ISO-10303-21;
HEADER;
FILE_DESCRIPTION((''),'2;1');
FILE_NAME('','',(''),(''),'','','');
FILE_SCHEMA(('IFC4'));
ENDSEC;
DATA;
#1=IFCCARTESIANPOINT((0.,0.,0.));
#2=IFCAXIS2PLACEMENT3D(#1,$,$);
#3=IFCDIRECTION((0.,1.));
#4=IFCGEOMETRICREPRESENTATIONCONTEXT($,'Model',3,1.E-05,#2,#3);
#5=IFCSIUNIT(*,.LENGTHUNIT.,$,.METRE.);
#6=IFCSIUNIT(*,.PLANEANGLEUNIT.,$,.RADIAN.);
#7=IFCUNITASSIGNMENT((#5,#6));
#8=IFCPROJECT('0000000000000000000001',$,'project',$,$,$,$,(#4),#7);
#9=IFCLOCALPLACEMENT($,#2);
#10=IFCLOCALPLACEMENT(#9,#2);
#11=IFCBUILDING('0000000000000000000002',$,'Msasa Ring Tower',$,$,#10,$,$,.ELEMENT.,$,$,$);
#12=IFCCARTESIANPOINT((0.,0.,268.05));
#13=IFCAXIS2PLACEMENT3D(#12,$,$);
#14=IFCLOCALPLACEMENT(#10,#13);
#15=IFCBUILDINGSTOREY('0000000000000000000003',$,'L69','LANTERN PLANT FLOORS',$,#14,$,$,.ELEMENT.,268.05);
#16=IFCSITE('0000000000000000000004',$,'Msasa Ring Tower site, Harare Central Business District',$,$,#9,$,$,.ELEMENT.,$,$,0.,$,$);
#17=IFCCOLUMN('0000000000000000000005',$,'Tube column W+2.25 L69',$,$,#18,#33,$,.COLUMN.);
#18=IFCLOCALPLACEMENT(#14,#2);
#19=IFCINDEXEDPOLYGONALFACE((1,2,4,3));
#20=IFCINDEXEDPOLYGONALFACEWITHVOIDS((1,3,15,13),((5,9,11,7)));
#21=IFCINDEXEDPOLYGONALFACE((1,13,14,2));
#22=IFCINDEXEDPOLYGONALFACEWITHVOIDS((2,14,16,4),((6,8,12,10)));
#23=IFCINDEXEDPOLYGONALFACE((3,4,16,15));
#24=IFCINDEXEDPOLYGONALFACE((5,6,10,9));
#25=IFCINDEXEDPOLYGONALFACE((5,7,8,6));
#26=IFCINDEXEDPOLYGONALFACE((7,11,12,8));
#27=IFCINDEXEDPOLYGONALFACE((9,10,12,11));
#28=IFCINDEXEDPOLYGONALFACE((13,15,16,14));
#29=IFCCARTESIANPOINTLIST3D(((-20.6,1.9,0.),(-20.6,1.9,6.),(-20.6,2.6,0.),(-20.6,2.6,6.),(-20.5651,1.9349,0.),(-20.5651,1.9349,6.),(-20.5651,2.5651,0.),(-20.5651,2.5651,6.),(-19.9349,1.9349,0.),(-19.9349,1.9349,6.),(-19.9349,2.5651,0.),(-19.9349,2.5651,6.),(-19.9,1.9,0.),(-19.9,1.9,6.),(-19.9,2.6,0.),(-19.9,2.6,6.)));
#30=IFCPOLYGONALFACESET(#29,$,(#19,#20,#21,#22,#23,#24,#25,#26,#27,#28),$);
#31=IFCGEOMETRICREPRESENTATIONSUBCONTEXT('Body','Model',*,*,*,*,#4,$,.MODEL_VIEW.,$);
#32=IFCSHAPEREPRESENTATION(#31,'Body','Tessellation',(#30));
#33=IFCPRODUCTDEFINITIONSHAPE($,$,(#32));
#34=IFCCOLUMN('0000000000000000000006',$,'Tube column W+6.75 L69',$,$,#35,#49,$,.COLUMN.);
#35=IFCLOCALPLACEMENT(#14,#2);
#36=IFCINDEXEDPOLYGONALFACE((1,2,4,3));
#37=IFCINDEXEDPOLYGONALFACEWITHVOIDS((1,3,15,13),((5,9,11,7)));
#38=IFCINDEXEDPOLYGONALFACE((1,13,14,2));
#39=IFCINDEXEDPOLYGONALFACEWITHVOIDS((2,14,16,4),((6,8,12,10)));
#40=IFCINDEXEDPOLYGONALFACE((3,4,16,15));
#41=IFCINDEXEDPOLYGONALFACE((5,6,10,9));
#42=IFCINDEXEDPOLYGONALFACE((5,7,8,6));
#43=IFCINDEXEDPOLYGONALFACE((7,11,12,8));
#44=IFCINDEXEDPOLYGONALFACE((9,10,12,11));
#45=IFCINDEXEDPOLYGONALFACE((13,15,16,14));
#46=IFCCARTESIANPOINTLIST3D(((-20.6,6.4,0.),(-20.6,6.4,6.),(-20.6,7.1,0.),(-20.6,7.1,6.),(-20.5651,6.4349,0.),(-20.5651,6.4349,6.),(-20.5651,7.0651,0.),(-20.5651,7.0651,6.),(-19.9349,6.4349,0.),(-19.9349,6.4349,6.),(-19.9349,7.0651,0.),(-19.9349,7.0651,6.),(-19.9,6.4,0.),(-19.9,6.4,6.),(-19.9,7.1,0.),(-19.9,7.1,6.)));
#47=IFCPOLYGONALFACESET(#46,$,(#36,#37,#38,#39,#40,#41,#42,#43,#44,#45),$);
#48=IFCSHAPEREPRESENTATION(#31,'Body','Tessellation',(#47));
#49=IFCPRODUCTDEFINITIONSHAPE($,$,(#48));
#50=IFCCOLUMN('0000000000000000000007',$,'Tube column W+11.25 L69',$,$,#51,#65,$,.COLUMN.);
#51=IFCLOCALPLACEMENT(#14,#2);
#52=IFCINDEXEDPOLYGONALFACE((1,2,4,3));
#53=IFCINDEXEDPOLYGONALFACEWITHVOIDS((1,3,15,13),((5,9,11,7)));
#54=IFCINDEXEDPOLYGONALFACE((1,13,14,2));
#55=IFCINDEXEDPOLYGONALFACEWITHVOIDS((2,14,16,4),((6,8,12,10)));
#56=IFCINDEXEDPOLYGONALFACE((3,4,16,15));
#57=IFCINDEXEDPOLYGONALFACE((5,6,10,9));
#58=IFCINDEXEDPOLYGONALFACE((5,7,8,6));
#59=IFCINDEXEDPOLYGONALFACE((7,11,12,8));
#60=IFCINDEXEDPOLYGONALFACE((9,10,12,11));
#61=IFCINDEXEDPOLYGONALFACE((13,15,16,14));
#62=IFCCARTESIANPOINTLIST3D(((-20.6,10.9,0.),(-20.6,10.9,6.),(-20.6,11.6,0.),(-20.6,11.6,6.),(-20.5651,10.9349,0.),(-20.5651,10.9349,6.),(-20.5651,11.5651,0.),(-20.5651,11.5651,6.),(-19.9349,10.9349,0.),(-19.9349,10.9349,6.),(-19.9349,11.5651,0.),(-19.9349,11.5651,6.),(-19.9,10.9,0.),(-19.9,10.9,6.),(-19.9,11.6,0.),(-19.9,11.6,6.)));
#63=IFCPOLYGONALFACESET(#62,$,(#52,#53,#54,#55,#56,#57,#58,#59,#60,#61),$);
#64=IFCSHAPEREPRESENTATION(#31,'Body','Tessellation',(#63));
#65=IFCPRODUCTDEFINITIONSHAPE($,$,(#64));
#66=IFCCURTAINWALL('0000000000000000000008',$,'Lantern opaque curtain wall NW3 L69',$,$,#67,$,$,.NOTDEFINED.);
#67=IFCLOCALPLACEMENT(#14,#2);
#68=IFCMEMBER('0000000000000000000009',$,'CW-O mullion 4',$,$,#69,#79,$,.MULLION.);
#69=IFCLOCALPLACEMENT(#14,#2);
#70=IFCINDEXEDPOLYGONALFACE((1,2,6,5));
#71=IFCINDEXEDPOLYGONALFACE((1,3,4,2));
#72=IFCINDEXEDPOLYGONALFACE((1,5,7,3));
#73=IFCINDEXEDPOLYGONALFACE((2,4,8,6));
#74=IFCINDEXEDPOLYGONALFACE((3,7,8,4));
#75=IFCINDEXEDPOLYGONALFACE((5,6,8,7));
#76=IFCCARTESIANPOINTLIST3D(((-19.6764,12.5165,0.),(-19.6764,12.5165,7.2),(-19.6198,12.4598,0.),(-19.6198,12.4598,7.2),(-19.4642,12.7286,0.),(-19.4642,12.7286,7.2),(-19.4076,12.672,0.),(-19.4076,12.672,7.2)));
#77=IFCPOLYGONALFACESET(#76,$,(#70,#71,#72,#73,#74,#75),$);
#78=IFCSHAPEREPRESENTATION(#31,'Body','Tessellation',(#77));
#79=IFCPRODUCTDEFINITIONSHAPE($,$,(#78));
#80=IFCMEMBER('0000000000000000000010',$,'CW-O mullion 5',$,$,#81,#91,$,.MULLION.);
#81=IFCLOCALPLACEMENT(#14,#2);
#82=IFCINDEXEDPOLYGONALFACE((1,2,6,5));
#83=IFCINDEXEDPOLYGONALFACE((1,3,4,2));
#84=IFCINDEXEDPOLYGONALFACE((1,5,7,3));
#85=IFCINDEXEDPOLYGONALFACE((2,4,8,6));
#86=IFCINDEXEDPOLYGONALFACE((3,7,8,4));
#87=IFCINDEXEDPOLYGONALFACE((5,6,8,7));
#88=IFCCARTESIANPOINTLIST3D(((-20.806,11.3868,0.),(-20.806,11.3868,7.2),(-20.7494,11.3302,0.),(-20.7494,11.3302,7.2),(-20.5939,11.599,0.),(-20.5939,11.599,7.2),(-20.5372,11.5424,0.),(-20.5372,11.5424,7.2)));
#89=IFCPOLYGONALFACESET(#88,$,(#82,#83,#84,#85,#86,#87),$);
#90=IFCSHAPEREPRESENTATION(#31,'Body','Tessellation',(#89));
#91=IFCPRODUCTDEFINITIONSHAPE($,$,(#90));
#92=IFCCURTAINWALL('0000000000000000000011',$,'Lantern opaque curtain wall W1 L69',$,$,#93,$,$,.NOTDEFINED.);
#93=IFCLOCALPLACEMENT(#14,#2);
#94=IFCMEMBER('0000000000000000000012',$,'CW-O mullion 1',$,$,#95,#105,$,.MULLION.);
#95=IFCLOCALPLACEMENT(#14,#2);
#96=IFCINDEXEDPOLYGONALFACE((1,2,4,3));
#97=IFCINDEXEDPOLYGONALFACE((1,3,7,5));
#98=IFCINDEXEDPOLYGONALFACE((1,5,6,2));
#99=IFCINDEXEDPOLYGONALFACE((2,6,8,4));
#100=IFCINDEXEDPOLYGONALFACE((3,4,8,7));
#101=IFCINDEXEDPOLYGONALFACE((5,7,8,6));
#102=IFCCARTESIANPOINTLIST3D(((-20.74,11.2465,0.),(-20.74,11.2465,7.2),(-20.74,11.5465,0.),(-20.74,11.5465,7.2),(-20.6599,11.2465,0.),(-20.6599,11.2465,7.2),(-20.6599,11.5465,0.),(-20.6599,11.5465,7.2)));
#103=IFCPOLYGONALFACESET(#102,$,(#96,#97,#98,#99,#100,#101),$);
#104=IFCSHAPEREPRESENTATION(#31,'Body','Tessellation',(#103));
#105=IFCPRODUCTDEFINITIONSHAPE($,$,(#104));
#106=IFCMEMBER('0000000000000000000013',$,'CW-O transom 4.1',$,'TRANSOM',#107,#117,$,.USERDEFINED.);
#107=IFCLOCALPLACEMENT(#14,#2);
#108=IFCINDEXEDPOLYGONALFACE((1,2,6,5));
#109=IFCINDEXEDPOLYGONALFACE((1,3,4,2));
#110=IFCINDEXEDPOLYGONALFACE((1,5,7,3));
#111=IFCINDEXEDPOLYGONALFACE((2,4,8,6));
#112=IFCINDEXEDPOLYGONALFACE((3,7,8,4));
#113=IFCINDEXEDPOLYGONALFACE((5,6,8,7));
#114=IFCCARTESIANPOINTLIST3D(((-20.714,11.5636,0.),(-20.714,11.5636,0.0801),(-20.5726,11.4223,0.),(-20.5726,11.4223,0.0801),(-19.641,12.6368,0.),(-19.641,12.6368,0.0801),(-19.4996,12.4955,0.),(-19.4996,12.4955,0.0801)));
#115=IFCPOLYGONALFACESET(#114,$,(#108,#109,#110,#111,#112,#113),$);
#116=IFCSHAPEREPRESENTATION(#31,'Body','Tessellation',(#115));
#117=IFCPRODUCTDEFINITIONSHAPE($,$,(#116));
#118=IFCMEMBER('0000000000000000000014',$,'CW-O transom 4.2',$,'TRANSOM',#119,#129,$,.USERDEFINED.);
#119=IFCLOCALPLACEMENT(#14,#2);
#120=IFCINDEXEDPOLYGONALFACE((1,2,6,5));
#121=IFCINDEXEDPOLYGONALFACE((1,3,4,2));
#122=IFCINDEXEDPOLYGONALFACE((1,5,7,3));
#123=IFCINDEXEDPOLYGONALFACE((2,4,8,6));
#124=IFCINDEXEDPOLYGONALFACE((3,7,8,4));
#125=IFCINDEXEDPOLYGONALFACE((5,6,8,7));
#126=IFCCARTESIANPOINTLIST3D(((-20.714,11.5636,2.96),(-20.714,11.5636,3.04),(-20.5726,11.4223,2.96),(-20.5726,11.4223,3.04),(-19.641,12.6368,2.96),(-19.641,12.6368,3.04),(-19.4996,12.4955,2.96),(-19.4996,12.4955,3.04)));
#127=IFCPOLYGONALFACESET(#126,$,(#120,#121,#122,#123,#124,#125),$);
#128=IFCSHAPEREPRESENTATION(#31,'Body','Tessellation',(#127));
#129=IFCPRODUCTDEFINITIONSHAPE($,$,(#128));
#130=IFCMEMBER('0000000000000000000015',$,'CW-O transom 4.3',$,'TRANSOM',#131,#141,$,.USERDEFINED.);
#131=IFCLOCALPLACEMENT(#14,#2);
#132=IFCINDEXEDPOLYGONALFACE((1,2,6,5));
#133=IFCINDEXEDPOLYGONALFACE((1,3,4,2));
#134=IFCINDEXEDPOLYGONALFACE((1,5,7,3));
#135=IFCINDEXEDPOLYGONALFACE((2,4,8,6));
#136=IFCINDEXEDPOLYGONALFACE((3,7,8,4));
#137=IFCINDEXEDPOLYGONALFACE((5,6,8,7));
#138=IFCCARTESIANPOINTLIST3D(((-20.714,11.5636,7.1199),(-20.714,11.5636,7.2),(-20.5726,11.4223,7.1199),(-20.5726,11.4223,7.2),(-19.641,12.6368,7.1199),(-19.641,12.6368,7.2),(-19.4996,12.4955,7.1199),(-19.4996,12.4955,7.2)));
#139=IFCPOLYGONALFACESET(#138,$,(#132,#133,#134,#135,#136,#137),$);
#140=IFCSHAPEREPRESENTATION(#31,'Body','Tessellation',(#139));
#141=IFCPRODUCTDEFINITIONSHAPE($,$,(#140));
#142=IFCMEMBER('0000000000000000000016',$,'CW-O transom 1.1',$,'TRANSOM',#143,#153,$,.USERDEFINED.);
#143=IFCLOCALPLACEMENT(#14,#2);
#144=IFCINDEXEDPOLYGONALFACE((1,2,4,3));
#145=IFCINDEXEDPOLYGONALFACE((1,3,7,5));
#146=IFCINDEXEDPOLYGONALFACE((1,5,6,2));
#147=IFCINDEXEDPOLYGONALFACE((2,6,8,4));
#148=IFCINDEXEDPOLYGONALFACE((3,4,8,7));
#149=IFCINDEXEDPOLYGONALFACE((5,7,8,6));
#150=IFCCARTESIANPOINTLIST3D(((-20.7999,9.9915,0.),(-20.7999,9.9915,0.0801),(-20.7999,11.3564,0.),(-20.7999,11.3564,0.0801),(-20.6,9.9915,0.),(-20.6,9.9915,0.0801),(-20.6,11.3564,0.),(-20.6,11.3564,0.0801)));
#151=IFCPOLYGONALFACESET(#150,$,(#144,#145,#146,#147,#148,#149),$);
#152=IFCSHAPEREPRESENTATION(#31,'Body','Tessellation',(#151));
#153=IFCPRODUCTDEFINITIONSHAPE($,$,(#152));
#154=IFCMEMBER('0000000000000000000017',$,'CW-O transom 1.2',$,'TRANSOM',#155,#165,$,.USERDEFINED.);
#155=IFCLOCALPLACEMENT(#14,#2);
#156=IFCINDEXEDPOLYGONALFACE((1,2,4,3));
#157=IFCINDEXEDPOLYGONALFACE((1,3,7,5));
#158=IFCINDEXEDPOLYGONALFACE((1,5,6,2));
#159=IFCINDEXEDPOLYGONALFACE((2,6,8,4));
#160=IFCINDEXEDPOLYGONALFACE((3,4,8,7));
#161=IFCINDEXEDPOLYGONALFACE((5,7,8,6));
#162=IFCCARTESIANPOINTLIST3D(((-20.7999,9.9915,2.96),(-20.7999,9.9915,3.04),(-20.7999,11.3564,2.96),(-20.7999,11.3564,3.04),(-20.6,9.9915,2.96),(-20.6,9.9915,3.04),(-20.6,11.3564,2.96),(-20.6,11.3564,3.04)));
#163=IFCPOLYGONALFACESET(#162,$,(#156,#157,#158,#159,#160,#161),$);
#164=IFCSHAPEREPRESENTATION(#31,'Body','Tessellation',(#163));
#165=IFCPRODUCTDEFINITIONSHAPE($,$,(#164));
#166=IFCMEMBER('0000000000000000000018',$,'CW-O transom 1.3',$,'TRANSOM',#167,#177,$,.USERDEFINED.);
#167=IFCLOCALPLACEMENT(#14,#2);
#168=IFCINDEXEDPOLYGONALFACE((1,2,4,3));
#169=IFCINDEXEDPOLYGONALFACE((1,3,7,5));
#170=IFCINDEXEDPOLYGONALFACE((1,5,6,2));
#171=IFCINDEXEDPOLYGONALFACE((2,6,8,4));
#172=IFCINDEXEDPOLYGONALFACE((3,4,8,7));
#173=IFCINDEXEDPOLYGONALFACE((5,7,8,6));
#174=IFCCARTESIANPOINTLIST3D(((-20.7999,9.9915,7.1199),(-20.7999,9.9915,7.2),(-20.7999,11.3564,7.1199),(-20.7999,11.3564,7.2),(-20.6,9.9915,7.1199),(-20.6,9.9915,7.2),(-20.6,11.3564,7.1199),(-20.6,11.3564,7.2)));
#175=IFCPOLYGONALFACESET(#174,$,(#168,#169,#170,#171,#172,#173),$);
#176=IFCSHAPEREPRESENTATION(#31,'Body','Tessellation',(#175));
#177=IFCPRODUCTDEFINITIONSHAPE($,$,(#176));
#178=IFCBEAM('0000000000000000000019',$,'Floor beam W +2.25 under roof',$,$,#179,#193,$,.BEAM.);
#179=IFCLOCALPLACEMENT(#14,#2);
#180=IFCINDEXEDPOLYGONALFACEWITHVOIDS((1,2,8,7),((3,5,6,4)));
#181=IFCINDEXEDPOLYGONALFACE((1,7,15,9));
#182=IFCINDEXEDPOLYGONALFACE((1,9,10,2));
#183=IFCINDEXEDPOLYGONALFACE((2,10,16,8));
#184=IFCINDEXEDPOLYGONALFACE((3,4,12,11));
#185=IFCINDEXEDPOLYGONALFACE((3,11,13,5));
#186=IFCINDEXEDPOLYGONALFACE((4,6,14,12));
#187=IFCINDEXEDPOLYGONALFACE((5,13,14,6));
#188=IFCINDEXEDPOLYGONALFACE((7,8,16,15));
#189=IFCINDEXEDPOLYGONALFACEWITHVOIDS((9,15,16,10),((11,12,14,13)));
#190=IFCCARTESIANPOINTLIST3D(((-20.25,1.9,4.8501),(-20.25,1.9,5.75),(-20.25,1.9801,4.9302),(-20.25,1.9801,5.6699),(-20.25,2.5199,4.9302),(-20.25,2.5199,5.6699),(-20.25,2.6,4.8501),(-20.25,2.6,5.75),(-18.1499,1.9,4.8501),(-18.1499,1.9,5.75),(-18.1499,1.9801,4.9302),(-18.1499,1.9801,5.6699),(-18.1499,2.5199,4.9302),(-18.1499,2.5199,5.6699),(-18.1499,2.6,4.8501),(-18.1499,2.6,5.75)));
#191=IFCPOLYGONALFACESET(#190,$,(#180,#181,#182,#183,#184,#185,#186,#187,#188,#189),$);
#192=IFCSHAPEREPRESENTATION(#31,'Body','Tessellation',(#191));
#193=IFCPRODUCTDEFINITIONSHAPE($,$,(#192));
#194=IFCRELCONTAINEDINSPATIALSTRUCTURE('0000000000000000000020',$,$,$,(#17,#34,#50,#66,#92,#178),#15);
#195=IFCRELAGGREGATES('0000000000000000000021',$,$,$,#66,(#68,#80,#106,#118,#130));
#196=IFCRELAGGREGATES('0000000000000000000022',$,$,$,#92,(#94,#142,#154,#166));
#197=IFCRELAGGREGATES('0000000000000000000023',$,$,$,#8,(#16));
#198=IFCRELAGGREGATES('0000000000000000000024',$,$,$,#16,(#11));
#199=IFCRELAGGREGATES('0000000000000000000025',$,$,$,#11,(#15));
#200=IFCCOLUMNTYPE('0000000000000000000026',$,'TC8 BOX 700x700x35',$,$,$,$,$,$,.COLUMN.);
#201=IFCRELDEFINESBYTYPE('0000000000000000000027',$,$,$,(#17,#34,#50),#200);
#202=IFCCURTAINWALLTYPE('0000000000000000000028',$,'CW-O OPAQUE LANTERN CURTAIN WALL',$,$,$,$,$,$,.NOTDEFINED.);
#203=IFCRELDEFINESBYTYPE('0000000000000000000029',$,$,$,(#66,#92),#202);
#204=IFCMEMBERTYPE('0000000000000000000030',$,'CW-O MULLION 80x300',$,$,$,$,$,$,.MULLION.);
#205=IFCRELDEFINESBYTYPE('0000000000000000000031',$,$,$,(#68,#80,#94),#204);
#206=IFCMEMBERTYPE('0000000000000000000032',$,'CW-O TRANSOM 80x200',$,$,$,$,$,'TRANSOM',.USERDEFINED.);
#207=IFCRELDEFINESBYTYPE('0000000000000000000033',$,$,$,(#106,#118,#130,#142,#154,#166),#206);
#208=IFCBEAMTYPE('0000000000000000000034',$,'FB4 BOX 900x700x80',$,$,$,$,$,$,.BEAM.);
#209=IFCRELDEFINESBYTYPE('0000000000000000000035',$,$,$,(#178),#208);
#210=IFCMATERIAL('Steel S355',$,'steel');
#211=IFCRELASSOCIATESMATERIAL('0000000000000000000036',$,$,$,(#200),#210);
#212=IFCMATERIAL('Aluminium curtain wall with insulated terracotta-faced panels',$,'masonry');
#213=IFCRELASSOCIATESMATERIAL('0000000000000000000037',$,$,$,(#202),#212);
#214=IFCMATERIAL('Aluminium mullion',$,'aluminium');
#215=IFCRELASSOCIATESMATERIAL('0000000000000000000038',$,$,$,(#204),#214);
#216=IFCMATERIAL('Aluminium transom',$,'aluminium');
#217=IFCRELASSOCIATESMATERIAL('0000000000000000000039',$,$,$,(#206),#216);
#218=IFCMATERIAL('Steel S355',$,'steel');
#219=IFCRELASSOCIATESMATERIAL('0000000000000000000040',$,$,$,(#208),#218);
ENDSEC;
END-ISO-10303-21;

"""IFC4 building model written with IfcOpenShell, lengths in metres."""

from ifc_helpers import new_model, si_unit, direction, frame, origin, origin_2d, place, context, subcontext, project, spatial, rectangle, hollow_rectangle, extrude, material, material_profile, profile_set, type_object, element, aggregate, save


model = new_model("IFC4")

# Units and contexts
model_context = context("Model", 3, precision=1e-05, world=origin(), true_north=direction((0.0, 1.0)))
body_context = subcontext(model_context, "Body", "Model", "MODEL_VIEW")
ifc_project = project(units=[si_unit("LENGTHUNIT", "METRE"), si_unit("PLANEANGLEUNIT", "RADIAN")], contexts=[model_context])

# Site, building, storey
site_placement = place(None, origin())
site = spatial("IfcSite", under=ifc_project, at=site_placement, Name="Msasa Ring Tower site, Harare Central Business District", CompositionType="ELEMENT", RefElevation=0.0)
building_placement = place(site_placement, origin())
building = spatial("IfcBuilding", under=site, at=building_placement, Name="Msasa Ring Tower", CompositionType="ELEMENT")
storey_placement = place(building_placement, frame((0.0, 0.0, 268.05)))
storey = spatial("IfcBuildingStorey", under=building, at=storey_placement, Name="L69", Description="LANTERN PLANT FLOORS", CompositionType="ELEMENT", Elevation=268.05)

# Columns
ifc_material_1 = material(Name="Steel S355", Category="steel")
ifc_material_profile_1 = material_profile(ifc_material_1, hollow_rectangle(XDim=0.7, YDim=0.7, WallThickness=0.0349, at=origin_2d()), Name="BOX 700x700x35")
ifc_profile_set_1 = profile_set([ifc_material_profile_1], Name="Steel S355")
column_type = type_object("IfcColumnType", Name="TC8 BOX 700x700x35", PredefinedType="COLUMN", material=ifc_profile_set_1)
for number, where, z_axis, x_axis, name in (
    (1, (-20.25, 2.25, 0.0), (0.0, 0.0, 1.0), (1.0, 0.0, 0.0), "Tube column W+2.25 L69"),
    (2, (-20.25, 6.75, 0.0), (0.0, 0.0, 1.0), (1.0, 0.0, 0.0), "Tube column W+6.75 L69"),
    (3, (-20.25, 11.25, 0.0), (0.0, 0.0, 1.0), (1.0, 0.0, 0.0), "Tube column W+11.25 L69"),
):
    element("IfcColumn", number, at=place(storey_placement, frame(where, z_axis=z_axis, x_axis=x_axis)), inside=storey, type_object=column_type, Name=name, PredefinedType="COLUMN", context=body_context, shape_type="SweptSolid", body=[
        extrude(hollow_rectangle(XDim=0.7, YDim=0.7, WallThickness=0.0349, at=origin_2d()), origin(), (0.0, 0.0, 1.0), 6.0),
    ])

# Curtain wall, members
ifc_material_2 = material(Name="Aluminium curtain wall with insulated terracotta-faced panels", Category="masonry")
curtain_wall_type = type_object("IfcCurtainWallType", Name="CW-O OPAQUE LANTERN CURTAIN WALL", PredefinedType="NOTDEFINED", material=ifc_material_2)
curtain_wall_1_placement = place(storey_placement, origin())
curtain_wall_1 = element("IfcCurtainWall", 4, at=curtain_wall_1_placement, inside=storey, type_object=curtain_wall_type, Name="Lantern opaque curtain wall NW3 L69", PredefinedType="NOTDEFINED")
ifc_material_3 = material(Name="Aluminium mullion", Category="aluminium")
ifc_material_profile_2 = material_profile(ifc_material_3, rectangle(XDim=0.0801, YDim=0.3, at=origin_2d()), Name="AL 80x300")
ifc_profile_set_2 = profile_set([ifc_material_profile_2], Name="Aluminium mullion")
member_type_1 = type_object("IfcMemberType", Name="CW-O MULLION 80x300", PredefinedType="MULLION", material=ifc_profile_set_2)
member_1_placement = place(storey_placement, frame((-19.542, 12.5942, 0.0), z_axis=(0.0, 0.0, 1.0), x_axis=(0.707107, -0.707107, 0.0)))
member_1 = element("IfcMember", 5, at=member_1_placement, type_object=member_type_1, Name="CW-O mullion 4", PredefinedType="MULLION", context=body_context, shape_type="SweptSolid", body=[
    extrude(rectangle(XDim=0.0801, YDim=0.3, at=origin_2d()), origin(), (0.0, 0.0, 1.0), 7.2),
])
member_2_placement = place(storey_placement, frame((-20.6716, 11.4646, 0.0), z_axis=(0.0, 0.0, 1.0), x_axis=(0.707107, -0.707107, 0.0)))
member_2 = element("IfcMember", 6, at=member_2_placement, type_object=member_type_1, Name="CW-O mullion 5", PredefinedType="MULLION", context=body_context, shape_type="SweptSolid", body=[
    extrude(rectangle(XDim=0.0801, YDim=0.3, at=origin_2d()), origin(), (0.0, 0.0, 1.0), 7.2),
])

# Curtain wall, member
curtain_wall_2_placement = place(storey_placement, origin())
curtain_wall_2 = element("IfcCurtainWall", 7, at=curtain_wall_2_placement, inside=storey, type_object=curtain_wall_type, Name="Lantern opaque curtain wall W1 L69", PredefinedType="NOTDEFINED")
member_3_placement = place(storey_placement, frame((-20.7, 11.3965, 0.0), z_axis=(0.0, 0.0, 1.0), x_axis=(1.0, 0.0, 0.0)))
member_3 = element("IfcMember", 8, at=member_3_placement, type_object=member_type_1, Name="CW-O mullion 1", PredefinedType="MULLION", context=body_context, shape_type="SweptSolid", body=[
    extrude(rectangle(XDim=0.0801, YDim=0.3, at=origin_2d()), origin(), (0.0, 0.0, 1.0), 7.2),
])

# Members
ifc_material_4 = material(Name="Aluminium transom", Category="aluminium")
ifc_material_profile_3 = material_profile(ifc_material_4, rectangle(XDim=0.2, YDim=0.0801, at=origin_2d()), Name="AL 80x200")
ifc_profile_set_3 = profile_set([ifc_material_profile_3], Name="Aluminium transom")
member_type_2 = type_object("IfcMemberType", Name="CW-O TRANSOM 80x200", ElementType="TRANSOM", PredefinedType="USERDEFINED", material=ifc_profile_set_3)
member_4_placement = place(storey_placement, frame((-19.5703, 12.5662, 0.04), z_axis=(-0.707026, -0.707187, 0.0), x_axis=(0.707187, -0.707026, 0.0)))
member_4 = element("IfcMember", 9, at=member_4_placement, type_object=member_type_2, Name="CW-O transom 4.1", ObjectType="TRANSOM", PredefinedType="USERDEFINED", context=body_context, shape_type="SweptSolid", body=[
    extrude(rectangle(XDim=0.2, YDim=0.0801, at=origin_2d()), origin(), (0.0, 0.0, 1.0), 1.5176),
])
member_5_placement = place(storey_placement, frame((-19.5703, 12.5662, 3.0), z_axis=(-0.707026, -0.707187, 0.0), x_axis=(0.707187, -0.707026, 0.0)))
member_5 = element("IfcMember", 10, at=member_5_placement, type_object=member_type_2, Name="CW-O transom 4.2", ObjectType="TRANSOM", PredefinedType="USERDEFINED", context=body_context, shape_type="SweptSolid", body=[
    extrude(rectangle(XDim=0.2, YDim=0.0801, at=origin_2d()), origin(), (0.0, 0.0, 1.0), 1.5176),
])
member_6_placement = place(storey_placement, frame((-19.5703, 12.5662, 7.1599), z_axis=(-0.707026, -0.707187, 0.0), x_axis=(0.707187, -0.707026, 0.0)))
member_6 = element("IfcMember", 11, at=member_6_placement, type_object=member_type_2, Name="CW-O transom 4.3", ObjectType="TRANSOM", PredefinedType="USERDEFINED", context=body_context, shape_type="SweptSolid", body=[
    extrude(rectangle(XDim=0.2, YDim=0.0801, at=origin_2d()), origin(), (0.0, 0.0, 1.0), 1.5176),
])
member_7_placement = place(storey_placement, frame((-20.7, 11.3564, 0.04), z_axis=(0.0, -1.0, 0.0), x_axis=(1.0, 0.0, 0.0)))
member_7 = element("IfcMember", 12, at=member_7_placement, type_object=member_type_2, Name="CW-O transom 1.1", ObjectType="TRANSOM", PredefinedType="USERDEFINED", context=body_context, shape_type="SweptSolid", body=[
    extrude(rectangle(XDim=0.2, YDim=0.0801, at=origin_2d()), origin(), (0.0, 0.0, 1.0), 1.365),
])
member_8_placement = place(storey_placement, frame((-20.7, 11.3564, 3.0), z_axis=(0.0, -1.0, 0.0), x_axis=(1.0, 0.0, 0.0)))
member_8 = element("IfcMember", 13, at=member_8_placement, type_object=member_type_2, Name="CW-O transom 1.2", ObjectType="TRANSOM", PredefinedType="USERDEFINED", context=body_context, shape_type="SweptSolid", body=[
    extrude(rectangle(XDim=0.2, YDim=0.0801, at=origin_2d()), origin(), (0.0, 0.0, 1.0), 1.365),
])
member_9_placement = place(storey_placement, frame((-20.7, 11.3564, 7.1599), z_axis=(0.0, -1.0, 0.0), x_axis=(1.0, 0.0, 0.0)))
member_9 = element("IfcMember", 14, at=member_9_placement, type_object=member_type_2, Name="CW-O transom 1.3", ObjectType="TRANSOM", PredefinedType="USERDEFINED", context=body_context, shape_type="SweptSolid", body=[
    extrude(rectangle(XDim=0.2, YDim=0.0801, at=origin_2d()), origin(), (0.0, 0.0, 1.0), 1.365),
])

# Beam
ifc_material_5 = material(Name="Steel S355", Category="steel")
ifc_material_profile_4 = material_profile(ifc_material_5, hollow_rectangle(XDim=0.7, YDim=0.8999, WallThickness=0.0801, at=origin_2d()), Name="BOX 900x700x80")
ifc_profile_set_4 = profile_set([ifc_material_profile_4], Name="Steel S355")
beam_type_1 = type_object("IfcBeamType", Name="FB4 BOX 900x700x80", PredefinedType="BEAM", material=ifc_profile_set_4)
beam_placement = place(storey_placement, frame((-20.25, 2.25, 5.3), z_axis=(1.0, 0.0, 0.0), x_axis=(0.0, 1.0, 0.0)))
element("IfcBeam", 15, at=beam_placement, inside=storey, type_object=beam_type_1, Name="Floor beam W +2.25 under roof", PredefinedType="BEAM", context=body_context, shape_type="SweptSolid", body=[
    extrude(hollow_rectangle(XDim=0.7, YDim=0.8999, WallThickness=0.0801, at=origin_2d()), origin(), (0.0, 0.0, 1.0), 2.1001),
])

aggregate(curtain_wall_1, [member_1, member_2, member_4, member_5, member_6])
aggregate(curtain_wall_2, [member_3, member_7, member_8, member_9])

save(model, "model.ifc")
